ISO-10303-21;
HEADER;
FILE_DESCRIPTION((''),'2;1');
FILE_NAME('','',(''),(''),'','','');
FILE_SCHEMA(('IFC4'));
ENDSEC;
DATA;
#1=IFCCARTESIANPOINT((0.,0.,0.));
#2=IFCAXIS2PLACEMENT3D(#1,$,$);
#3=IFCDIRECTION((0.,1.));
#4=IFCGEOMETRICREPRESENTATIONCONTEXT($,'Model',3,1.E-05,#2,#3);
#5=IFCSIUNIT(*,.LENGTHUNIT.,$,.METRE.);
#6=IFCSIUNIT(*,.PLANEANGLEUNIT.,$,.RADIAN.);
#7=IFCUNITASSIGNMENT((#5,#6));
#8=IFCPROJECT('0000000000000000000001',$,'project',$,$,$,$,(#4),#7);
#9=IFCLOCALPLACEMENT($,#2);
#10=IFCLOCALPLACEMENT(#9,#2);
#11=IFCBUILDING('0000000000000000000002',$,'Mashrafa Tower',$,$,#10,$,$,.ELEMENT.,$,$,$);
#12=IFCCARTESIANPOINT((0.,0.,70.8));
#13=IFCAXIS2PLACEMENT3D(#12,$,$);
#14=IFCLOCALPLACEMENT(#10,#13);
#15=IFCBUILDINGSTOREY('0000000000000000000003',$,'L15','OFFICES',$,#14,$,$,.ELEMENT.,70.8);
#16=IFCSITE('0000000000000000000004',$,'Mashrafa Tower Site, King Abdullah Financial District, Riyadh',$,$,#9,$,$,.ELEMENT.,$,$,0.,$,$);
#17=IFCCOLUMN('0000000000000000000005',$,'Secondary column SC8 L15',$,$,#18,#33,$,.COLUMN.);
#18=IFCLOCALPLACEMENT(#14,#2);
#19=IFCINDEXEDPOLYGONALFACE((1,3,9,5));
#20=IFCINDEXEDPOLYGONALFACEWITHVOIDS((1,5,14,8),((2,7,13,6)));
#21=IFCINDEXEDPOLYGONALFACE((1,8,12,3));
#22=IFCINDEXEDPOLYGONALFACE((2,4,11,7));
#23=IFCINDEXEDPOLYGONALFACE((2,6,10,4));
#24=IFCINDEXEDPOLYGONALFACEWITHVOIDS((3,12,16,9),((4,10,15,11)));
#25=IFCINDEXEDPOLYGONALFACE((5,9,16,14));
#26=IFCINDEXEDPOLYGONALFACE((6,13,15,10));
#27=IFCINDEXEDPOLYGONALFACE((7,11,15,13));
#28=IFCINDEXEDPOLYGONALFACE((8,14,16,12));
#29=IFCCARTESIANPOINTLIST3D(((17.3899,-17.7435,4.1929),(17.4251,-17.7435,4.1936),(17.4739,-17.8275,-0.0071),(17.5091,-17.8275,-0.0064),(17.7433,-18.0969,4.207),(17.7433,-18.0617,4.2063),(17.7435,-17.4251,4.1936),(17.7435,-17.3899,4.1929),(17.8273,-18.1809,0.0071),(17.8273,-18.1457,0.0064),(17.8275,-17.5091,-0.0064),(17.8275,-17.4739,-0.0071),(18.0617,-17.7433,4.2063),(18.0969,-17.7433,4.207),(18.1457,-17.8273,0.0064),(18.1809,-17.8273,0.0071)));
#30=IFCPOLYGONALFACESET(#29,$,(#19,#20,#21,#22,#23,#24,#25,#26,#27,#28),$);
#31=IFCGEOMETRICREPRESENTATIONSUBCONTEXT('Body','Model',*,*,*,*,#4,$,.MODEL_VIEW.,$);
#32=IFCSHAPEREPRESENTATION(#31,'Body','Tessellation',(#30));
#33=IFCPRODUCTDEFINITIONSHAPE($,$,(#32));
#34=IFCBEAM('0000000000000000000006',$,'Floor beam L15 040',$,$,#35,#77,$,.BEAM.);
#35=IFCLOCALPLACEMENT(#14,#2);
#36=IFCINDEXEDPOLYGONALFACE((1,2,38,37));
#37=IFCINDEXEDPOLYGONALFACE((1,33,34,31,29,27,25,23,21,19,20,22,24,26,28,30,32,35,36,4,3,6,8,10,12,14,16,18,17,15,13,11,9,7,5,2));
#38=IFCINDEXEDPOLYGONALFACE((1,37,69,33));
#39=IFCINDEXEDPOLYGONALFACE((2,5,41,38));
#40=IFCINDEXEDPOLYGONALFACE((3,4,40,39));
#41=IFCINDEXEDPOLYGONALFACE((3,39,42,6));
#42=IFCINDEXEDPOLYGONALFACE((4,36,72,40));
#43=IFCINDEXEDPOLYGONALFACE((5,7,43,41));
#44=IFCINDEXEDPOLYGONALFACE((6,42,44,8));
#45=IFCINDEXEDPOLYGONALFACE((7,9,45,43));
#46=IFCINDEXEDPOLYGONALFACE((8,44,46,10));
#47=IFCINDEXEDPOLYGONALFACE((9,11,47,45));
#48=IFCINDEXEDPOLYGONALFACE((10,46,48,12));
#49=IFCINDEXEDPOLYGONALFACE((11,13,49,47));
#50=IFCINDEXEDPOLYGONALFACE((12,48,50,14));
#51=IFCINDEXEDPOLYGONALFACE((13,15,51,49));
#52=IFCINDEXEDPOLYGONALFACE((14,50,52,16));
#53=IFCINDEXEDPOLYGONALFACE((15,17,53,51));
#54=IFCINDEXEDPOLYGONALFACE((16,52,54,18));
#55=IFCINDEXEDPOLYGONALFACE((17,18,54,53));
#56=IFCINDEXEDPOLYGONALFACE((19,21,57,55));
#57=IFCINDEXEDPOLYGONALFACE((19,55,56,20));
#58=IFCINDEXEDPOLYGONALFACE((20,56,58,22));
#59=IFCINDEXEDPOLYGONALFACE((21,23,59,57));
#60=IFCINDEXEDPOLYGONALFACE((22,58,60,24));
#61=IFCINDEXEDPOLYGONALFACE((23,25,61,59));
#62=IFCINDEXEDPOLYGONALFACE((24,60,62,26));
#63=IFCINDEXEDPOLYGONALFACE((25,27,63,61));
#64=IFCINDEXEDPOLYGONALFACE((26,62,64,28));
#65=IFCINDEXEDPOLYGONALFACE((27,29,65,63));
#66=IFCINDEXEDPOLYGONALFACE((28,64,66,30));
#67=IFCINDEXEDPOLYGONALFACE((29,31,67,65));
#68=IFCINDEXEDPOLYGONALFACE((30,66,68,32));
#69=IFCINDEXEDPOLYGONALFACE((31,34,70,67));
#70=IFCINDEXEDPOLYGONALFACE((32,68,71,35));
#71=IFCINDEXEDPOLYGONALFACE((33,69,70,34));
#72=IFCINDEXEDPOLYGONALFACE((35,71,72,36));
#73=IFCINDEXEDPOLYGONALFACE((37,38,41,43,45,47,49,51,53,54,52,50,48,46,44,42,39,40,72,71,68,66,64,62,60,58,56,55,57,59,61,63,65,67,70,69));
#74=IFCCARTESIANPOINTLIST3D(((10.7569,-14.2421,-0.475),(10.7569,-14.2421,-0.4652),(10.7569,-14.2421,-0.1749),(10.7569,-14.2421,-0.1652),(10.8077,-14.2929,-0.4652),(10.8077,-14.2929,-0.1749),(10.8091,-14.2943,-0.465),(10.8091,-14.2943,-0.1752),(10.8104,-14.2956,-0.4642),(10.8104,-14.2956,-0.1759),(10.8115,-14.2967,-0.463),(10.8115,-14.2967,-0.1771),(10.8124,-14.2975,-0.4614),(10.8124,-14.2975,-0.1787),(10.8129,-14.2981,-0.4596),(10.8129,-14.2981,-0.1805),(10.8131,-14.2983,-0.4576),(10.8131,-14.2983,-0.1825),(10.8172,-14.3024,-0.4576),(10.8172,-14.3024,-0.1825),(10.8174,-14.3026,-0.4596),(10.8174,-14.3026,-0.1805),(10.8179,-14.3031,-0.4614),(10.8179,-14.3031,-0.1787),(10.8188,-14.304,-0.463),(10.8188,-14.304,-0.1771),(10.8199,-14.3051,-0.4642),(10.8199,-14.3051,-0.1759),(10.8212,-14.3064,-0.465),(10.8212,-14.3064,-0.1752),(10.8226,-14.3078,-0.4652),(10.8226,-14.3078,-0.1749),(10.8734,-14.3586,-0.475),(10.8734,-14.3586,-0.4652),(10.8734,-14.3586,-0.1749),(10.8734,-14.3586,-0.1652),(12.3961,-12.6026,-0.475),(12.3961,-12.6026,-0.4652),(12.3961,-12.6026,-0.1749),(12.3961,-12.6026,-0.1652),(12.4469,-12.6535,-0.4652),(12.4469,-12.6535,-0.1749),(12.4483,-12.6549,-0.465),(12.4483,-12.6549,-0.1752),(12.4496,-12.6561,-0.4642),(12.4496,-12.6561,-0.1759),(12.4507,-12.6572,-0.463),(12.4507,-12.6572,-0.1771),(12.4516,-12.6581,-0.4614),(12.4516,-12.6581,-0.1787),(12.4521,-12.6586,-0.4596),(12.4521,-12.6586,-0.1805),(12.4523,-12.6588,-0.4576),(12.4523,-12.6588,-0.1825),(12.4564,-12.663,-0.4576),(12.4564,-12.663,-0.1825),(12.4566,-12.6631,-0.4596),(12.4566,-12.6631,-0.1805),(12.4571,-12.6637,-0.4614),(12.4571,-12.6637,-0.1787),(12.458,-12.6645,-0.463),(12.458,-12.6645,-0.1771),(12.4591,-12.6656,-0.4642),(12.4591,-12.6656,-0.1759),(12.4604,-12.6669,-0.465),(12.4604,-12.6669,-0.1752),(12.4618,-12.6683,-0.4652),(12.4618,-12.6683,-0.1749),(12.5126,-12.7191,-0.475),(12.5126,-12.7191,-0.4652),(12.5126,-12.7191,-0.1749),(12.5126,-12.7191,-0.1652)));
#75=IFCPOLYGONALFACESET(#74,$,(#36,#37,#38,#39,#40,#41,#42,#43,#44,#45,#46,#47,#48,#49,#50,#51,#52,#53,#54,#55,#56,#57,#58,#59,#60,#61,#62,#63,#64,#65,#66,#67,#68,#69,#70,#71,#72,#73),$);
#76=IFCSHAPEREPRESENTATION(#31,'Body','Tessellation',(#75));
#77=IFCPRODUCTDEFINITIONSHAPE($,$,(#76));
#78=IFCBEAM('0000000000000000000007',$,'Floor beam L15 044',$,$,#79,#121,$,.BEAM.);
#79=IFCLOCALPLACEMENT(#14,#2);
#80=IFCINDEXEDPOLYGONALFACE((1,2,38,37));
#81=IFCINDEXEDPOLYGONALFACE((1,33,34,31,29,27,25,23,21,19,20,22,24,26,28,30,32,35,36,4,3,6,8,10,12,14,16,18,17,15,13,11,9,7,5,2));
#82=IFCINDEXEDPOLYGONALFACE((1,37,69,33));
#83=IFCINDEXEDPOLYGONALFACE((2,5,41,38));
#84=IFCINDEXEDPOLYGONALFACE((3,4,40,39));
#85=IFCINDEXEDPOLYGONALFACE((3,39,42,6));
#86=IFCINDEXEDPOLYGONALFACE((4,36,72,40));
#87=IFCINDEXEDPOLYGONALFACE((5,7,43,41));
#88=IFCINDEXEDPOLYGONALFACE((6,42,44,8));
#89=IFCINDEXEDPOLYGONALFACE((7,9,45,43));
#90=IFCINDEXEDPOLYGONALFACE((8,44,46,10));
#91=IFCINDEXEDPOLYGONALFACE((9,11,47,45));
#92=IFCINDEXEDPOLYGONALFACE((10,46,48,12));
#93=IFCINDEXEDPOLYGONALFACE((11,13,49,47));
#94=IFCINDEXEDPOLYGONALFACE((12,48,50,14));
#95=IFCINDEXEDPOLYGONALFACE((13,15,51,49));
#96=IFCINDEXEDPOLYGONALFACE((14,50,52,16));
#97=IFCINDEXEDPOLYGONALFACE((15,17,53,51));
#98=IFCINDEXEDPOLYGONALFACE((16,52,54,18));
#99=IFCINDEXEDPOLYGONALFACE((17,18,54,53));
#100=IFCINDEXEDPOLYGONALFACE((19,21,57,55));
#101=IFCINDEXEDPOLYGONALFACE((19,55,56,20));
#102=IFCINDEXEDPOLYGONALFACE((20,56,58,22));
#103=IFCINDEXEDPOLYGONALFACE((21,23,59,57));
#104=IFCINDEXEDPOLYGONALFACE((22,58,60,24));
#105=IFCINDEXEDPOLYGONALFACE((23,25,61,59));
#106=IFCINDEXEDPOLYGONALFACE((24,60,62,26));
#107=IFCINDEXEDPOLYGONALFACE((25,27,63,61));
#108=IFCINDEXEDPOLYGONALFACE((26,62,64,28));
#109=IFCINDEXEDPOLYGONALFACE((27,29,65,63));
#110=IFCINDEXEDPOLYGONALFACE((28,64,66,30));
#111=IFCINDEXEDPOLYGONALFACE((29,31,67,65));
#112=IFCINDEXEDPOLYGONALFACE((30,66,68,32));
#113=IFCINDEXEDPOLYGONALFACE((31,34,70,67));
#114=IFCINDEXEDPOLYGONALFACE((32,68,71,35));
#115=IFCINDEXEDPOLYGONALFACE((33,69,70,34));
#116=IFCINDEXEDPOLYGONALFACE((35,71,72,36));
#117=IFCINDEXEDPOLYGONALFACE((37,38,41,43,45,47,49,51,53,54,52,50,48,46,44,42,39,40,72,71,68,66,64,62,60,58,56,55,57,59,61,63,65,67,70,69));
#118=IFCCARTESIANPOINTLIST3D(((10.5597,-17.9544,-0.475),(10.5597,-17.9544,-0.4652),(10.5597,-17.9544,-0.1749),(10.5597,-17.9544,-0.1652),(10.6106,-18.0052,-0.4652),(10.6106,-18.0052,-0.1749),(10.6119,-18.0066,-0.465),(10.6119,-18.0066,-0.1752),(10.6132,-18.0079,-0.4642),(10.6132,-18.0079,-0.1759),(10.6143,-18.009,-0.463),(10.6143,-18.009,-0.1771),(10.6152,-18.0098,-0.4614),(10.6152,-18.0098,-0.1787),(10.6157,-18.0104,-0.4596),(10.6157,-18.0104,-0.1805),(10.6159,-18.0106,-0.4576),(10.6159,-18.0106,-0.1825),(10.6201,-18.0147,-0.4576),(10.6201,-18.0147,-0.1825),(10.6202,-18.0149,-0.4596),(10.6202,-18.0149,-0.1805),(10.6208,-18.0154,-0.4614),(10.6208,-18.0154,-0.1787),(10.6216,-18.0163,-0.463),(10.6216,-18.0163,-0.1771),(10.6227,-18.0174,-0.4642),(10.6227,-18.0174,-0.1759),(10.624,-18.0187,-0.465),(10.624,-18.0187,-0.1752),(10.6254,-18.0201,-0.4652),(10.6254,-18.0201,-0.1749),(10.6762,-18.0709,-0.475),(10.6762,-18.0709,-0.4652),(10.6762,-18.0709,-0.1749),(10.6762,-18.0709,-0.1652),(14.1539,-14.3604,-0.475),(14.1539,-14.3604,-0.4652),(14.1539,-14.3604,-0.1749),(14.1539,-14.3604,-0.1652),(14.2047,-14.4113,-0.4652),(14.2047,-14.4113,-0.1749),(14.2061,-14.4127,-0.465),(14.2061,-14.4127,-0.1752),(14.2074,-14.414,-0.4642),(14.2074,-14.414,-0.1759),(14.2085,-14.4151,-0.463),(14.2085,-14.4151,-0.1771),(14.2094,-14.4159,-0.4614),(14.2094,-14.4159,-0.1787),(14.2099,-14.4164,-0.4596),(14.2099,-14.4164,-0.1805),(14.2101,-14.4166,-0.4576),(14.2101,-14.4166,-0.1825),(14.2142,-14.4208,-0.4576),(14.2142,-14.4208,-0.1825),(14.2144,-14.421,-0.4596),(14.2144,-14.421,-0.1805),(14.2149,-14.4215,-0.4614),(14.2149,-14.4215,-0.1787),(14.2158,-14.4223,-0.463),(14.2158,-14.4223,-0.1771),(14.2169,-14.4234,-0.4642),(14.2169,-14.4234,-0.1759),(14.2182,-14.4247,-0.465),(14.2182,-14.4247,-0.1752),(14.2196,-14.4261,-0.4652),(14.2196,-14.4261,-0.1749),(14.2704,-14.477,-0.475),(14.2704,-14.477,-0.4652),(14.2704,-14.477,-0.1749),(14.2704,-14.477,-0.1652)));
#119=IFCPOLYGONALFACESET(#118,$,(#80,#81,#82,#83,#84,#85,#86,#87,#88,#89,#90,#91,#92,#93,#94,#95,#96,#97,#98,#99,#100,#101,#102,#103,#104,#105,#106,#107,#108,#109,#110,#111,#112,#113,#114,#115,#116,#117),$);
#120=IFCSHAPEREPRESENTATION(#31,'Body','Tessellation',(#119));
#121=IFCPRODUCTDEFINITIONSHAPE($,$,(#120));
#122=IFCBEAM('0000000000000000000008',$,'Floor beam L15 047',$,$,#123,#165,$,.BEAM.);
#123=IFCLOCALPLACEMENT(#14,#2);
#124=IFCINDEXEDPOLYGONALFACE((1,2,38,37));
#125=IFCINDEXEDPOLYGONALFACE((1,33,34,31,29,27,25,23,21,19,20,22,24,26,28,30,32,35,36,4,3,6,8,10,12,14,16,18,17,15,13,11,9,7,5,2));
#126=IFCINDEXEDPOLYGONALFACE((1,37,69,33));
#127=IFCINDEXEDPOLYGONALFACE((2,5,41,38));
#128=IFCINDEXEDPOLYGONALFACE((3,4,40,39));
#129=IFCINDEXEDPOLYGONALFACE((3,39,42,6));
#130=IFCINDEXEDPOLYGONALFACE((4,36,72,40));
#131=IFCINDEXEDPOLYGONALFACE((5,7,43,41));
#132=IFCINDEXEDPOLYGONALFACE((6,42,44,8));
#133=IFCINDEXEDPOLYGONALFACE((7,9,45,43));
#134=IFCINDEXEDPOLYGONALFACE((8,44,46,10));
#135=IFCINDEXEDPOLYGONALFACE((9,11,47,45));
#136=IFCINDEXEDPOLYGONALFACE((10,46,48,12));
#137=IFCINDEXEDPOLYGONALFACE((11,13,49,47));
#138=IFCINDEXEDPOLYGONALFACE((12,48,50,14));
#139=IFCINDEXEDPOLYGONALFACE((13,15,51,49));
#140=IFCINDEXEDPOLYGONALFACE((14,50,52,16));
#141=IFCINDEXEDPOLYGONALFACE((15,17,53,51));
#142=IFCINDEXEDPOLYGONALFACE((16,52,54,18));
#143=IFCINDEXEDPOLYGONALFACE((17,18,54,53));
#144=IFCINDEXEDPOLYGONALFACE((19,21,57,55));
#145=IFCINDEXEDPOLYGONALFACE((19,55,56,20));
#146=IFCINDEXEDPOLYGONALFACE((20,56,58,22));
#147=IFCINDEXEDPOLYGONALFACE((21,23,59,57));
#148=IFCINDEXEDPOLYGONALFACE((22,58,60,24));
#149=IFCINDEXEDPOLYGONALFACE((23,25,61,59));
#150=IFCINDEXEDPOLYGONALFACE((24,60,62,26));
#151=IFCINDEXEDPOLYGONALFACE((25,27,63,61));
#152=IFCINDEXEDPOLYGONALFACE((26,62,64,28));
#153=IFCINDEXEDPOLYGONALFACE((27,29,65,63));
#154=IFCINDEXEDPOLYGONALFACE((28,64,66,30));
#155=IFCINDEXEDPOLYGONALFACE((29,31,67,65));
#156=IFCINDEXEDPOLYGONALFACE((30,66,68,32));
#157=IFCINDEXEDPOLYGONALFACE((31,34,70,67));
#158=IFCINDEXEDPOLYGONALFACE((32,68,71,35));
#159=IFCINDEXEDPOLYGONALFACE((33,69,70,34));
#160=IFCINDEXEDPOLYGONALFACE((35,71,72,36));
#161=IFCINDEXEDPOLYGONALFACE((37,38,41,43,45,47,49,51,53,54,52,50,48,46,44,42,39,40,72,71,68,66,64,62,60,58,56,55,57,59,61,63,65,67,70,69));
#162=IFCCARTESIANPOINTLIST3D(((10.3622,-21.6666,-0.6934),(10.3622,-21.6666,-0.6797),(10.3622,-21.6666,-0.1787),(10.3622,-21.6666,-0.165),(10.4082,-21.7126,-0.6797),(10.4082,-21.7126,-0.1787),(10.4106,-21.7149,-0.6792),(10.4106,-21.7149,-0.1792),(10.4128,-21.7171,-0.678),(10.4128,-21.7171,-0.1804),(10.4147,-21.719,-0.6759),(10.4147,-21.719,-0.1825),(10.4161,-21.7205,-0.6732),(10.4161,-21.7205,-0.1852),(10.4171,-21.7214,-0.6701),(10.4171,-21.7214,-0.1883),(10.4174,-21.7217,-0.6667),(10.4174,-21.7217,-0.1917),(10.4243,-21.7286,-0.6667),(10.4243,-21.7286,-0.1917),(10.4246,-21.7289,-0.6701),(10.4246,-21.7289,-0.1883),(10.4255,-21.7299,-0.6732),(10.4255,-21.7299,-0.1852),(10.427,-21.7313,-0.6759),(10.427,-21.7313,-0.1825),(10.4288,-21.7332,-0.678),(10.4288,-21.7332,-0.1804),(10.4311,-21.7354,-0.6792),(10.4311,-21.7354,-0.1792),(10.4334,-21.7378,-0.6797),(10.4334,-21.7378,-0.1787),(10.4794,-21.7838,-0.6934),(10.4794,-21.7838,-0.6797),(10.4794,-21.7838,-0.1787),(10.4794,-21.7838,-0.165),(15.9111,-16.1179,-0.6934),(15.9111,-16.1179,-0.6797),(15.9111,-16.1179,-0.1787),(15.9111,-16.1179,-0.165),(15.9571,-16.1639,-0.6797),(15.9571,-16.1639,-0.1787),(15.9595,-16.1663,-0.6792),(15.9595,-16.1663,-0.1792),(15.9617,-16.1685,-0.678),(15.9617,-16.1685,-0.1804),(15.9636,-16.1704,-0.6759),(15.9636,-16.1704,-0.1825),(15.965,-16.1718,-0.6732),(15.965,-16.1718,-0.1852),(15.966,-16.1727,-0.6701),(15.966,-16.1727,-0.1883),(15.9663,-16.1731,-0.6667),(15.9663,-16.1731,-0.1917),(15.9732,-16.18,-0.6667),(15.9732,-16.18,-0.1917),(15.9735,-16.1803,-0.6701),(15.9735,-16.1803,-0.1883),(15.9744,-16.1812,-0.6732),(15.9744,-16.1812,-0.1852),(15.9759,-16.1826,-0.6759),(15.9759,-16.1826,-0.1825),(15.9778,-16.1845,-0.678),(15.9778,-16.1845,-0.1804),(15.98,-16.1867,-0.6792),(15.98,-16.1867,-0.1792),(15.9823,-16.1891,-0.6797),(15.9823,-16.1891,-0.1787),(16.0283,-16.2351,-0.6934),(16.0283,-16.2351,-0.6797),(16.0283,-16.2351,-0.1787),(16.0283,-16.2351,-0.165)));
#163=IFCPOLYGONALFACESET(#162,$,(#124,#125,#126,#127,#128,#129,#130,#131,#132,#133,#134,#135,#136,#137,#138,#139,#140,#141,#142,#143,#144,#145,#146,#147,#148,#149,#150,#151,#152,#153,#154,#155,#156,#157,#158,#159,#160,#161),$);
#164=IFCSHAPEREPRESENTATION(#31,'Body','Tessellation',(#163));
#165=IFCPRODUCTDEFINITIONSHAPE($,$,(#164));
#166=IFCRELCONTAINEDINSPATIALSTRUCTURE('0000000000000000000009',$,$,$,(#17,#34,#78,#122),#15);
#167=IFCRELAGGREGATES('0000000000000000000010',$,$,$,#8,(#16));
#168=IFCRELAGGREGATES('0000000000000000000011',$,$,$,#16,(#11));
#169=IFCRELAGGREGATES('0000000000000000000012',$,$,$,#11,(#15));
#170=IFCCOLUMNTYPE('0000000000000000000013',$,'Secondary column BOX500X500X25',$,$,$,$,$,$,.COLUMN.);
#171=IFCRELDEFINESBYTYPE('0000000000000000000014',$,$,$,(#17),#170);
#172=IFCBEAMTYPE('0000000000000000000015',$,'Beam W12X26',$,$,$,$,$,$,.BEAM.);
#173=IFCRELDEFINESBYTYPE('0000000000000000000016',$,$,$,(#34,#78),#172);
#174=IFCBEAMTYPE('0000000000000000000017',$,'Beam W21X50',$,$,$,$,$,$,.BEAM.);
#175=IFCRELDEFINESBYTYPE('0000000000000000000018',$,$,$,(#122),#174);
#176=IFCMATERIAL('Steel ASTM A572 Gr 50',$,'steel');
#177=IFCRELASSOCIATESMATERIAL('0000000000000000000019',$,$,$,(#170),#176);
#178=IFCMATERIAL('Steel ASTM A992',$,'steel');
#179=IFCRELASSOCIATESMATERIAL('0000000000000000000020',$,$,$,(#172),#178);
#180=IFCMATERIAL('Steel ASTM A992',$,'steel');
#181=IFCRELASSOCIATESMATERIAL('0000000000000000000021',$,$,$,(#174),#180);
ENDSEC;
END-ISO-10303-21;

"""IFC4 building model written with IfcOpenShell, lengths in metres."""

from ifc_helpers import new_model, si_unit, direction, frame, origin, origin_2d, place, context, subcontext, project, spatial, hollow_rectangle, i_section, extrude, material, material_profile, profile_set, type_object, element, save


model = new_model("IFC4")

# Units and contexts
model_context = context("Model", 3, precision=1e-05, world=origin(), true_north=direction((0.0, 1.0)))
body_context = subcontext(model_context, "Body", "Model", "MODEL_VIEW")
ifc_project = project(units=[si_unit("LENGTHUNIT", "METRE"), si_unit("PLANEANGLEUNIT", "RADIAN")], contexts=[model_context])

# Site, building, storey
site_placement = place(None, origin())
site = spatial("IfcSite", under=ifc_project, at=site_placement, Name="Mashrafa Tower Site, King Abdullah Financial District, Riyadh", CompositionType="ELEMENT", RefElevation=0.0)
building_placement = place(site_placement, origin())
building = spatial("IfcBuilding", under=site, at=building_placement, Name="Mashrafa Tower", CompositionType="ELEMENT")
storey_placement = place(building_placement, frame((0.0, 0.0, 70.8)))
storey = spatial("IfcBuildingStorey", under=building, at=storey_placement, Name="L15", Description="OFFICES", CompositionType="ELEMENT", Elevation=70.8)

# Column
ifc_material_1 = material(Name="Steel ASTM A572 Gr 50", Category="steel")
ifc_material_profile_1 = material_profile(ifc_material_1, hollow_rectangle(XDim=0.5, YDim=0.5, WallThickness=0.0249, at=origin_2d()), Name="BOX500X500X25")
ifc_profile_set_1 = profile_set([ifc_material_profile_1], Name="Steel ASTM A572 Gr 50")
column_type = type_object("IfcColumnType", Name="Secondary column BOX500X500X25", PredefinedType="COLUMN", material=ifc_profile_set_1)
column_placement = place(storey_placement, frame((17.8274, -17.8274, 0.0), z_axis=(-0.019989, 0.019989, 0.9996), x_axis=(-0.707107, -0.707107, 0.0)))
element("IfcColumn", 1, at=column_placement, inside=storey, type_object=column_type, Name="Secondary column SC8 L15", PredefinedType="COLUMN", context=body_context, shape_type="SweptSolid", body=[
    extrude(hollow_rectangle(XDim=0.5, YDim=0.5, WallThickness=0.0249, at=origin_2d()), origin(), (0.0, 0.0, 1.0), 4.2017),
])

# Beams
ifc_material_2 = material(Name="Steel ASTM A992", Category="steel")
ifc_material_profile_2 = material_profile(ifc_material_2, i_section(OverallWidth=0.1648, OverallDepth=0.3098, WebThickness=0.0059, FlangeThickness=0.0098, FilletRadius=0.0076, at=origin_2d()), Name="W12X26")
ifc_profile_set_2 = profile_set([ifc_material_profile_2], Name="Steel ASTM A992")
beam_type_1 = type_object("IfcBeamType", Name="Beam W12X26", PredefinedType="BEAM", material=ifc_profile_set_2)
beam_1_placement = place(storey_placement, frame((12.4543, -12.6609, -0.3201), z_axis=(-0.707054, -0.707159, 0.0), x_axis=(0.707159, -0.707054, 0.0)))
element("IfcBeam", 2, at=beam_1_placement, inside=storey, type_object=beam_type_1, Name="Floor beam L15 040", PredefinedType="BEAM", context=body_context, shape_type="SweptSolid", body=[
    extrude(i_section(OverallWidth=0.1648, OverallDepth=0.3098, WebThickness=0.0059, FlangeThickness=0.0098, FilletRadius=0.0076, at=origin_2d()), origin(), (0.0, 0.0, 1.0), 2.3184),
])
beam_2_placement = place(storey_placement, frame((14.2122, -14.4187, -0.3201), z_axis=(-0.707131, -0.707083, 0.0), x_axis=(0.707083, -0.707131, 0.0)))
element("IfcBeam", 3, at=beam_2_placement, inside=storey, type_object=beam_type_1, Name="Floor beam L15 044", PredefinedType="BEAM", context=body_context, shape_type="SweptSolid", body=[
    extrude(i_section(OverallWidth=0.1648, OverallDepth=0.3098, WebThickness=0.0059, FlangeThickness=0.0098, FilletRadius=0.0076, at=origin_2d()), origin(), (0.0, 0.0, 1.0), 5.0828),
])
ifc_material_3 = material(Name="Steel ASTM A992", Category="steel")
ifc_material_profile_3 = material_profile(ifc_material_3, i_section(OverallWidth=0.1658, OverallDepth=0.5283, WebThickness=0.0098, FlangeThickness=0.0137, FilletRadius=0.0129, at=origin_2d()), Name="W21X50")
ifc_profile_set_3 = profile_set([ifc_material_profile_3], Name="Steel ASTM A992")
beam_type_2 = type_object("IfcBeamType", Name="Beam W21X50", PredefinedType="BEAM", material=ifc_profile_set_3)
beam_3_placement = place(storey_placement, frame((15.9697, -16.1765, -0.4292), z_axis=(-0.707122, -0.707091, 0.0), x_axis=(0.707091, -0.707122, 0.0)))
element("IfcBeam", 4, at=beam_3_placement, inside=storey, type_object=beam_type_2, Name="Floor beam L15 047", PredefinedType="BEAM", context=body_context, shape_type="SweptSolid", body=[
    extrude(i_section(OverallWidth=0.1658, OverallDepth=0.5283, WebThickness=0.0098, FlangeThickness=0.0137, FilletRadius=0.0129, at=origin_2d()), origin(), (0.0, 0.0, 1.0), 7.8472),
])

save(model, "model.ifc")
